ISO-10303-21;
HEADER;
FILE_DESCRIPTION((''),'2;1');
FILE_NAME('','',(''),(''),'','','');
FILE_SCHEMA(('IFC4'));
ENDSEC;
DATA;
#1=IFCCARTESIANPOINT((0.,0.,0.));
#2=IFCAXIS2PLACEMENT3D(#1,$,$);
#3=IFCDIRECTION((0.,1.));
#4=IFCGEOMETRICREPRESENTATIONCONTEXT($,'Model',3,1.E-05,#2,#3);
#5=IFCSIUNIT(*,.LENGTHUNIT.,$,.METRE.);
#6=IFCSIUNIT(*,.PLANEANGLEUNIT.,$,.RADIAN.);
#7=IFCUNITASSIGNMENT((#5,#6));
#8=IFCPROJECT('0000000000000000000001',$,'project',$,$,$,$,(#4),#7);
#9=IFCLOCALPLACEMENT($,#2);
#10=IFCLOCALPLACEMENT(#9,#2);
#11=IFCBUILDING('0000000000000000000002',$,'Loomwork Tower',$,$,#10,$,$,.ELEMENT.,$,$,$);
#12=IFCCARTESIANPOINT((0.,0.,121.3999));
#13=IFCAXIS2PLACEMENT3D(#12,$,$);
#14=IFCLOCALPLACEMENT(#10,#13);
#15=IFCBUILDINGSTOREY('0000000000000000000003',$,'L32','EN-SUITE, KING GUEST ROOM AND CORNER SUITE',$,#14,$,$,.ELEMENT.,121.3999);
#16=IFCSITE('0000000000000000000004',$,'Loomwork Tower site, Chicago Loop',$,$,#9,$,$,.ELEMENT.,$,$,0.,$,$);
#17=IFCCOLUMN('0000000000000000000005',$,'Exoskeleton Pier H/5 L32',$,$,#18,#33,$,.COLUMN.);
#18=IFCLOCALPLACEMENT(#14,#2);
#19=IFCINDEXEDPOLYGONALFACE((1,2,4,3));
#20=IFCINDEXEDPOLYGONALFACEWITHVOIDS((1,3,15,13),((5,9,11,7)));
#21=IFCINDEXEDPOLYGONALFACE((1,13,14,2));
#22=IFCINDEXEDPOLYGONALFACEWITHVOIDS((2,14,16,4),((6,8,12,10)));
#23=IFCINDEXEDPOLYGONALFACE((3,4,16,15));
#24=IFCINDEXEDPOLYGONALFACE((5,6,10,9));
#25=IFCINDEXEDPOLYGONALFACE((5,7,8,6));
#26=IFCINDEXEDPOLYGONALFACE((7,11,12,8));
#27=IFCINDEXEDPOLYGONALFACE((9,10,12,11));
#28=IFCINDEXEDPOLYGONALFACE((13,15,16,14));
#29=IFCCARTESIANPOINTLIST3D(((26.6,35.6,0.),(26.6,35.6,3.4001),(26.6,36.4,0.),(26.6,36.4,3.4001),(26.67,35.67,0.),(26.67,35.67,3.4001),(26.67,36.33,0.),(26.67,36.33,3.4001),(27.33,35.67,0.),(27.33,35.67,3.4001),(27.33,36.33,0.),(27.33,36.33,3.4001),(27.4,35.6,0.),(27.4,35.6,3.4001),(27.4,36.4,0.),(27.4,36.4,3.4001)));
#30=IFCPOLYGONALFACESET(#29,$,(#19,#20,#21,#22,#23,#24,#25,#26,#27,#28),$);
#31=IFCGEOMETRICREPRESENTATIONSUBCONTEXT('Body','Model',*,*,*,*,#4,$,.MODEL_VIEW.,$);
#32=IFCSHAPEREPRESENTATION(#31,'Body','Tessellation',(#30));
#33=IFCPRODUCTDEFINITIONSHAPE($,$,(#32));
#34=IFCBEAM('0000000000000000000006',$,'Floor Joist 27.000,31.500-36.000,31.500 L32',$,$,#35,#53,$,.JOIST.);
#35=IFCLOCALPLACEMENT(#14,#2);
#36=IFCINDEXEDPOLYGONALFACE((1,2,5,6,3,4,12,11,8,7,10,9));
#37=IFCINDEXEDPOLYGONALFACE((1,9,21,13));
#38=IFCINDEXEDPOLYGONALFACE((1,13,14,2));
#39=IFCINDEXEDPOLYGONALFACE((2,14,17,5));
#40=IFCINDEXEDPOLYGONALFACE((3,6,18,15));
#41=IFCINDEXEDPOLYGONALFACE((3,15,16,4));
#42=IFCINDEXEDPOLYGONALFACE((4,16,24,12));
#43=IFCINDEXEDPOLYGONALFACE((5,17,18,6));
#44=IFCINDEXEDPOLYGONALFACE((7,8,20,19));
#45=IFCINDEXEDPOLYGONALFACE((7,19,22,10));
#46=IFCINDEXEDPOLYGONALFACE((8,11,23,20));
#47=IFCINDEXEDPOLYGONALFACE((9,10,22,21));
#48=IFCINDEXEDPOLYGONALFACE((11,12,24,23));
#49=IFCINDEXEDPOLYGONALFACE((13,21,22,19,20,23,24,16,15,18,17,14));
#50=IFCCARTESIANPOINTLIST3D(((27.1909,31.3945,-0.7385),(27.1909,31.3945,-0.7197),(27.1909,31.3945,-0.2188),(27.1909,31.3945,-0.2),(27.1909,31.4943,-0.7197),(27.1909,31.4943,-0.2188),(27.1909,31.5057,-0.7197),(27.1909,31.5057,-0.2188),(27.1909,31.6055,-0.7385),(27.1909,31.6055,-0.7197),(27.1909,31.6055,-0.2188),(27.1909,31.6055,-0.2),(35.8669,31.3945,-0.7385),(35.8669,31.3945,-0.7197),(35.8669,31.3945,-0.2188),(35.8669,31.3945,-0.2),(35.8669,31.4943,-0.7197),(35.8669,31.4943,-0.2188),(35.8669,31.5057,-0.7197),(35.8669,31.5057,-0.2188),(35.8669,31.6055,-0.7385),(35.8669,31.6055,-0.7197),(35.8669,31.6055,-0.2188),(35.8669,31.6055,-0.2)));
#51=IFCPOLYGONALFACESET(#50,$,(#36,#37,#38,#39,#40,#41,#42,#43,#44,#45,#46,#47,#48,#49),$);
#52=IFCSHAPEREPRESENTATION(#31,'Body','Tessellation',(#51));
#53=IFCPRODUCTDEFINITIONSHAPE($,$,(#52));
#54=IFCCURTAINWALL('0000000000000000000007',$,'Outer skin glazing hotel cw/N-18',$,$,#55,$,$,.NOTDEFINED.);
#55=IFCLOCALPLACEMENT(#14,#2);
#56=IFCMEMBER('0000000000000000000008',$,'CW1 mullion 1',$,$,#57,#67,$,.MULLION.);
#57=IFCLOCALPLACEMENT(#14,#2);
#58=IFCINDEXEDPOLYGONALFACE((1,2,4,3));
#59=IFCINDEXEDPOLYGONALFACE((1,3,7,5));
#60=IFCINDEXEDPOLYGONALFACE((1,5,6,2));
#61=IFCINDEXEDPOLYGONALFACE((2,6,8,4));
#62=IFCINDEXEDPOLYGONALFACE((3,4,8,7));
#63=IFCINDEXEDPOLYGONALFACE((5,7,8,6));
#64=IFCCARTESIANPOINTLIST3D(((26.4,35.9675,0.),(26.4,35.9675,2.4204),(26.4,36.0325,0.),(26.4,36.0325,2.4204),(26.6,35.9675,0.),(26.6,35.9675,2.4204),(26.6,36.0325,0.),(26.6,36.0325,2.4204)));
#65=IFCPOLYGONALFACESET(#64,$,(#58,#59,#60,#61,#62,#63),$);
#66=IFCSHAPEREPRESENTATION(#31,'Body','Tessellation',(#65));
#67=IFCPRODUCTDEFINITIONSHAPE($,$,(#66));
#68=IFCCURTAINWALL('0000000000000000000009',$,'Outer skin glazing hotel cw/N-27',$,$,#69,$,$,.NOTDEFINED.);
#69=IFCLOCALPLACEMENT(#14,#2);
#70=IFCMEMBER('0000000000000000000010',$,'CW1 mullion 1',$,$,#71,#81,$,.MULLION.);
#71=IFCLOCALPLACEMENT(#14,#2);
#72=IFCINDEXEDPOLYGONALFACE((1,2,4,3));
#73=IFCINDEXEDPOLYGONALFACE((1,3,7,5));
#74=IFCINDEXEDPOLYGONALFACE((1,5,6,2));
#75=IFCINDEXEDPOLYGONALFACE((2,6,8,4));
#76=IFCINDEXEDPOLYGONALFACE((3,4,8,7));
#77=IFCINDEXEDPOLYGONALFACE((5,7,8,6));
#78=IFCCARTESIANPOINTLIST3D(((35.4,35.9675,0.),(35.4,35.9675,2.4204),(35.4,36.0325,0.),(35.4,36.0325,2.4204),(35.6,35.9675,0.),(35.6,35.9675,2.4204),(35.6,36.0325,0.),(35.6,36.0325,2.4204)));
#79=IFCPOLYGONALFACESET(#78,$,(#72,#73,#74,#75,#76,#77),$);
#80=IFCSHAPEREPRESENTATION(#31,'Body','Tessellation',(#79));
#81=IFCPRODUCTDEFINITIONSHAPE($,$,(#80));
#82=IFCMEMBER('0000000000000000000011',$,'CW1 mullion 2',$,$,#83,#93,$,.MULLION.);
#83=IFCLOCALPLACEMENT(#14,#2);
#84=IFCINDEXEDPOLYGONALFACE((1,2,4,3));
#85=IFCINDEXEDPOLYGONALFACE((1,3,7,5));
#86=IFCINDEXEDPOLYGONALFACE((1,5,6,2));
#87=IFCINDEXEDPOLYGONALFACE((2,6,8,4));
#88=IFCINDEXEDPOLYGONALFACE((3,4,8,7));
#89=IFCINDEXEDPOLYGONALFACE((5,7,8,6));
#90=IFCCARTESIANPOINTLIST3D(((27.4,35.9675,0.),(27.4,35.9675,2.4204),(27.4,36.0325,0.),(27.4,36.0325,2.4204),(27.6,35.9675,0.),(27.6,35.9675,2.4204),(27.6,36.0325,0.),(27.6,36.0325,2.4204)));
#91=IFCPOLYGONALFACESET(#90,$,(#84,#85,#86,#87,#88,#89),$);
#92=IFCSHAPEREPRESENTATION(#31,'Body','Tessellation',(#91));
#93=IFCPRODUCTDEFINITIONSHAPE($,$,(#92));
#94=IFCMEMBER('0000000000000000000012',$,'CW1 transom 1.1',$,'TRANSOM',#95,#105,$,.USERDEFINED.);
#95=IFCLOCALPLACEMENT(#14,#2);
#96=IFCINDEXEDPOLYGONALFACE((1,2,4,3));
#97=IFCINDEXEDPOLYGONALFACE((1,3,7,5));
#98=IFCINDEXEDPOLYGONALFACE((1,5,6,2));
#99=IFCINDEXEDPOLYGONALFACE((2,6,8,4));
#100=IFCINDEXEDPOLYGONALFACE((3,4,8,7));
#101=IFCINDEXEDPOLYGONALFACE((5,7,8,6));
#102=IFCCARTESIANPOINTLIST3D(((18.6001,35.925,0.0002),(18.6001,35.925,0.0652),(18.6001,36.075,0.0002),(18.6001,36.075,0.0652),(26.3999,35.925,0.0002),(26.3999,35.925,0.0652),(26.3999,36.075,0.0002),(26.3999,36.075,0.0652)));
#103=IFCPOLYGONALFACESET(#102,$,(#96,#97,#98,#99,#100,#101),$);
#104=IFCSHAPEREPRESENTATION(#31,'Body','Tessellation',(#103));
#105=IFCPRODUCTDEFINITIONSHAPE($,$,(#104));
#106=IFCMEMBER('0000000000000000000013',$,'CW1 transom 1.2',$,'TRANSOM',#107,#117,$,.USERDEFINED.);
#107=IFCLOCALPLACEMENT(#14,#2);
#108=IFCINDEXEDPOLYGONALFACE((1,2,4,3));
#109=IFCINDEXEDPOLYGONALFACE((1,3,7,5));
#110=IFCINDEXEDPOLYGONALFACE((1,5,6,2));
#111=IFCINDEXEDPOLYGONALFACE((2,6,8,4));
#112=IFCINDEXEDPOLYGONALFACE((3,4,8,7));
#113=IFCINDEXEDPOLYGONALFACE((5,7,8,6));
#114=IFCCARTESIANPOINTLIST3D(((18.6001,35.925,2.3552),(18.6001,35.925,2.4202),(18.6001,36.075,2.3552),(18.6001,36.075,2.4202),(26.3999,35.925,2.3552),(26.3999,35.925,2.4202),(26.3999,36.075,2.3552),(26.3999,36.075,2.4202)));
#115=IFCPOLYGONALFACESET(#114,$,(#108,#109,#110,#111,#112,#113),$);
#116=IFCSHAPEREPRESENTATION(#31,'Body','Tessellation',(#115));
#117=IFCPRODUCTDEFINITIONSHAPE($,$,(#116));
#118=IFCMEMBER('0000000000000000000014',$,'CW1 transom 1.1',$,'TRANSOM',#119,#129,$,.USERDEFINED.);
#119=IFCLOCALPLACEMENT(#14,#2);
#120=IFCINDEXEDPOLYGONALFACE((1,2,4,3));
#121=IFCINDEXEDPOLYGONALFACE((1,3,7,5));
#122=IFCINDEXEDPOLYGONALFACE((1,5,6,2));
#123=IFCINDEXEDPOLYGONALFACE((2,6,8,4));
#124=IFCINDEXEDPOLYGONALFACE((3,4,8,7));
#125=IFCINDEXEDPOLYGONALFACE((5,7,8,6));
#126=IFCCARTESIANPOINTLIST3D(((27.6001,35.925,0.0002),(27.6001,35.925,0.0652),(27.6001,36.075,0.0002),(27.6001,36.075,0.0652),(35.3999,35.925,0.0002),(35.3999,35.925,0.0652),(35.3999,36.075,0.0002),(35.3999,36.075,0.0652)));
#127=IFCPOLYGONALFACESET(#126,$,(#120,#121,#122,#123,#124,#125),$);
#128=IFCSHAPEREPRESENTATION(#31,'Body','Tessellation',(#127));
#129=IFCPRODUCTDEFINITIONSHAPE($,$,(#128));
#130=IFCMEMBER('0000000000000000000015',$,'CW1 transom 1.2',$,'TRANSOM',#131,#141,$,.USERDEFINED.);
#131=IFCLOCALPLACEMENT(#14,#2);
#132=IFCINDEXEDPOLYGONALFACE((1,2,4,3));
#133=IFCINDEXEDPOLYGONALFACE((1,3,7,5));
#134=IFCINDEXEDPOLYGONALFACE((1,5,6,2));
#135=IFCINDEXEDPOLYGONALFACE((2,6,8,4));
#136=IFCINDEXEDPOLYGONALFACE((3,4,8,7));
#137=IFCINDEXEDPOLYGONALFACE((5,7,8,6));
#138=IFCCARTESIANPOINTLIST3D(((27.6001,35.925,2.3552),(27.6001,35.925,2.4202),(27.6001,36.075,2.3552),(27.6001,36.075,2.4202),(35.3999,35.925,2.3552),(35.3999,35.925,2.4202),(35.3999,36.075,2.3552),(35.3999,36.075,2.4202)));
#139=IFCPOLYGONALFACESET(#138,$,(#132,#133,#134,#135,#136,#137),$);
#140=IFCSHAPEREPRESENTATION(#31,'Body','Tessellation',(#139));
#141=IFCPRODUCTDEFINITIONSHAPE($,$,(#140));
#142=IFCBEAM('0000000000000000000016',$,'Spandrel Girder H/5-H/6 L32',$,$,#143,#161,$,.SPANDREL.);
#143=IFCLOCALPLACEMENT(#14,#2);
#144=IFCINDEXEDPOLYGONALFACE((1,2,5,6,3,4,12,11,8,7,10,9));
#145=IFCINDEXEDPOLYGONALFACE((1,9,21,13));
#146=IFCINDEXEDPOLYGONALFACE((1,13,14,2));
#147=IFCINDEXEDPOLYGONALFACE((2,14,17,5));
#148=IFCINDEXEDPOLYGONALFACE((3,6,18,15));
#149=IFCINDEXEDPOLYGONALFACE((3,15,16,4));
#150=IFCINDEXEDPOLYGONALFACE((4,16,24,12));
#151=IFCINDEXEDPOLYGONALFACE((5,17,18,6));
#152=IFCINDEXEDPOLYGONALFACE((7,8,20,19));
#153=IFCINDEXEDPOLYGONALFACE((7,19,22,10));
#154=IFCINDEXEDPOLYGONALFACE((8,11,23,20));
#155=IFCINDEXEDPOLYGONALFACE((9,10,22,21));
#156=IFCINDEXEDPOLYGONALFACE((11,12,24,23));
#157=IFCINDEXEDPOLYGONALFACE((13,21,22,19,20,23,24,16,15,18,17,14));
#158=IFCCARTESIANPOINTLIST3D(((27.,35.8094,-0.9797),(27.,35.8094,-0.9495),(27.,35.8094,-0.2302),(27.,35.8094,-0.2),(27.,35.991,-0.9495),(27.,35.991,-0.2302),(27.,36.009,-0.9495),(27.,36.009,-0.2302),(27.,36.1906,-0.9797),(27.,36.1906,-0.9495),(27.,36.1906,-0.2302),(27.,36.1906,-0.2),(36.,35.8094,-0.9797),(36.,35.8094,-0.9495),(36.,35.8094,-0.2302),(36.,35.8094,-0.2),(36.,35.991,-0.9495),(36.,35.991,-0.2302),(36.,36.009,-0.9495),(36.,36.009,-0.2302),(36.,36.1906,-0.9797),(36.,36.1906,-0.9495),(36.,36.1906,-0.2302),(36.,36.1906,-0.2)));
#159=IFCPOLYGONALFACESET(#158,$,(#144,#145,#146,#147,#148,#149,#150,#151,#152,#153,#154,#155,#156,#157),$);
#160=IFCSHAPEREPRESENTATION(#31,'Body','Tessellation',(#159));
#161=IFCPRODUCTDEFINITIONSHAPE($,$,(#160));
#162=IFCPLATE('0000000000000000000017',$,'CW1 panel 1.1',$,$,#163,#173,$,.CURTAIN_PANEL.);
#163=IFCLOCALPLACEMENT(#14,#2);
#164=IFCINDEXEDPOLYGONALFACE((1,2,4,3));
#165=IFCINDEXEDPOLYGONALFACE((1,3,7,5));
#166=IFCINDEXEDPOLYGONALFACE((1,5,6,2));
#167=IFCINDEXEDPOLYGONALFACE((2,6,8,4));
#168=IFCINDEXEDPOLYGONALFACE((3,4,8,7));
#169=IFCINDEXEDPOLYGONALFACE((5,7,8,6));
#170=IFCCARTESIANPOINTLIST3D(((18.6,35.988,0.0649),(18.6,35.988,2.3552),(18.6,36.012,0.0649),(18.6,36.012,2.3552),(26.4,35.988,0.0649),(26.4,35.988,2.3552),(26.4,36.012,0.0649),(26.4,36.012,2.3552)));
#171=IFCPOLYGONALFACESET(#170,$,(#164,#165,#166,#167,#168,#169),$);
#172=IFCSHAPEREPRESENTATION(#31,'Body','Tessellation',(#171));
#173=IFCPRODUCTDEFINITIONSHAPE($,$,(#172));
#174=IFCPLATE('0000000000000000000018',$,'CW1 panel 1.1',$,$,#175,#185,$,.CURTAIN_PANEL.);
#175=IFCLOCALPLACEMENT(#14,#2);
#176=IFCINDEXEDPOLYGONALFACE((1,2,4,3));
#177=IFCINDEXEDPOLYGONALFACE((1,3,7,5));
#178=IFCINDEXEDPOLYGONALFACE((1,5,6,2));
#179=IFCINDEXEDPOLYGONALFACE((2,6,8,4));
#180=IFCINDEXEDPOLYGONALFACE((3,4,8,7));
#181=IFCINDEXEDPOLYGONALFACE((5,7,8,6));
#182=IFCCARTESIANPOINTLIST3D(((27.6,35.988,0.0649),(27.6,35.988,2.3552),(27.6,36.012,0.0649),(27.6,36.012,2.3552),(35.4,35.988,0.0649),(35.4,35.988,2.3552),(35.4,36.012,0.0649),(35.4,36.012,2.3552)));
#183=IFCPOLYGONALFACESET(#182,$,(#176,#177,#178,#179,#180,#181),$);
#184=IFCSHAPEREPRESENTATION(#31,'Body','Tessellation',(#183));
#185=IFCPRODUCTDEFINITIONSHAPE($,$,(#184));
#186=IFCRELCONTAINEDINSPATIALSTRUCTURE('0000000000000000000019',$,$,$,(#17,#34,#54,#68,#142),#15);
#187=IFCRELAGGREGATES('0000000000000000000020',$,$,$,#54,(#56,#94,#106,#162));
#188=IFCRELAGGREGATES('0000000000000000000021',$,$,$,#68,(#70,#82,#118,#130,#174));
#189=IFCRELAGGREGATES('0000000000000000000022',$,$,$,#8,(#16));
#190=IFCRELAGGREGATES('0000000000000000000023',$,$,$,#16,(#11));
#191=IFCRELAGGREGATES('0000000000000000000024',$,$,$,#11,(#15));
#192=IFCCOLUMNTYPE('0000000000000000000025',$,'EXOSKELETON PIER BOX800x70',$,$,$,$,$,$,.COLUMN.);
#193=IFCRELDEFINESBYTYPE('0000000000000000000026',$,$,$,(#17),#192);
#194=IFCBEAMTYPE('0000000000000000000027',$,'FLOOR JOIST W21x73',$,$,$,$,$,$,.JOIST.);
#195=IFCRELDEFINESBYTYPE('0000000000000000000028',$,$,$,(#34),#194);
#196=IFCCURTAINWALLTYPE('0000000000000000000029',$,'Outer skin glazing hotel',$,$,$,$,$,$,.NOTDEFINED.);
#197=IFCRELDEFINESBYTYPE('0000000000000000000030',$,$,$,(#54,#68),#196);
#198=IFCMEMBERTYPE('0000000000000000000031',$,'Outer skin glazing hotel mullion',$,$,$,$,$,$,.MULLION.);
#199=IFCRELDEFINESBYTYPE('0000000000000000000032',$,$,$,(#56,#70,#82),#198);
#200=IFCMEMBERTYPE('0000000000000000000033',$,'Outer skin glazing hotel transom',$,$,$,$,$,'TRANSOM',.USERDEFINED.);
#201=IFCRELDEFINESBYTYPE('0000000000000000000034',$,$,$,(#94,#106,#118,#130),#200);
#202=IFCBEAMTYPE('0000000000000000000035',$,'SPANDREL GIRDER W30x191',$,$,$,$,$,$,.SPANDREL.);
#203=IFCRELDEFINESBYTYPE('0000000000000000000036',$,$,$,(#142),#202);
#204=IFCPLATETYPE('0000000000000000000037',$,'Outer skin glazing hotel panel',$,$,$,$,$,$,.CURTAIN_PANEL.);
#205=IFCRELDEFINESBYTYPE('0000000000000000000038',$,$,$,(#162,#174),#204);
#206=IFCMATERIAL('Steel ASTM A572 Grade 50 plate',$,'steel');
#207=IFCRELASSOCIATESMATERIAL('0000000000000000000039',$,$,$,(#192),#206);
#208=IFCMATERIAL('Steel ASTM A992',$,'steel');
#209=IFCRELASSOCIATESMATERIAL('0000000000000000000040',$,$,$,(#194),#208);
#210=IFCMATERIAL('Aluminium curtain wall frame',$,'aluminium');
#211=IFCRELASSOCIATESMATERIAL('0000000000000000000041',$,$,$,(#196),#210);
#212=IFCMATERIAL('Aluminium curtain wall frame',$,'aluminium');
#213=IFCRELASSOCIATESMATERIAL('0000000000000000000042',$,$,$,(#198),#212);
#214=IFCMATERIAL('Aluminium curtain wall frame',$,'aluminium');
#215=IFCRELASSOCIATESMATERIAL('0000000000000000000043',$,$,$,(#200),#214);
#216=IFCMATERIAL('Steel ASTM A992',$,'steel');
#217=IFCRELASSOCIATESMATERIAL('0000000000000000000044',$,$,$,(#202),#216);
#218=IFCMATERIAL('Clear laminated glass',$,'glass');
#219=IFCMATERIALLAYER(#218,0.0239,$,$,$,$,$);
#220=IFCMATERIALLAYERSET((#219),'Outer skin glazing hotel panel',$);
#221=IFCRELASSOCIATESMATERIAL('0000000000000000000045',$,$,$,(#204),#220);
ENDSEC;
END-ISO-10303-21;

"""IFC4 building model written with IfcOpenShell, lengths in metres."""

from ifc_helpers import new_model, si_unit, direction, frame, origin, origin_2d, place, context, subcontext, project, spatial, rectangle, hollow_rectangle, i_section, extrude, material, layer, layer_set, material_profile, profile_set, type_object, element, aggregate, save


model = new_model("IFC4")

# Units and contexts
model_context = context("Model", 3, precision=1e-05, world=origin(), true_north=direction((0.0, 1.0)))
body_context = subcontext(model_context, "Body", "Model", "MODEL_VIEW")
ifc_project = project(units=[si_unit("LENGTHUNIT", "METRE"), si_unit("PLANEANGLEUNIT", "RADIAN")], contexts=[model_context])

# Site, building, storey
site_placement = place(None, origin())
site = spatial("IfcSite", under=ifc_project, at=site_placement, Name="Loomwork Tower site, Chicago Loop", CompositionType="ELEMENT", RefElevation=0.0)
building_placement = place(site_placement, origin())
building = spatial("IfcBuilding", under=site, at=building_placement, Name="Loomwork Tower", CompositionType="ELEMENT")
storey_placement = place(building_placement, frame((0.0, 0.0, 121.3999)))
storey = spatial("IfcBuildingStorey", under=building, at=storey_placement, Name="L32", Description="EN-SUITE, KING GUEST ROOM AND CORNER SUITE", CompositionType="ELEMENT", Elevation=121.3999)

# Column
ifc_material_1 = material(Name="Steel ASTM A572 Grade 50 plate", Category="steel")
ifc_material_profile_1 = material_profile(ifc_material_1, hollow_rectangle(XDim=0.8, YDim=0.8, WallThickness=0.0701, at=origin_2d()), Name="BOX800x70")
ifc_profile_set_1 = profile_set([ifc_material_profile_1], Name="Steel ASTM A572 Grade 50 plate")
column_type = type_object("IfcColumnType", Name="EXOSKELETON PIER BOX800x70", PredefinedType="COLUMN", material=ifc_profile_set_1)
column_placement = place(storey_placement, frame((27.0, 36.0, 0.0), z_axis=(0.0, 0.0, 1.0), x_axis=(1.0, 0.0, 0.0)))
element("IfcColumn", 1, at=column_placement, inside=storey, type_object=column_type, Name="Exoskeleton Pier H/5 L32", PredefinedType="COLUMN", context=body_context, shape_type="SweptSolid", body=[
    extrude(hollow_rectangle(XDim=0.8, YDim=0.8, WallThickness=0.0701, at=origin_2d()), origin(), (0.0, 0.0, 1.0), 3.4001),
])

# Beam
ifc_material_2 = material(Name="Steel ASTM A992", Category="steel")
ifc_material_profile_2 = material_profile(ifc_material_2, i_section(OverallWidth=0.2109, OverallDepth=0.5386, WebThickness=0.0115, FlangeThickness=0.0188, at=origin_2d()), Name="W21x73")
ifc_profile_set_2 = profile_set([ifc_material_profile_2], Name="Steel ASTM A992")
beam_type_1 = type_object("IfcBeamType", Name="FLOOR JOIST W21x73", PredefinedType="JOIST", material=ifc_profile_set_2)
beam_1_placement = place(storey_placement, frame((27.1909, 31.5, -0.4692), z_axis=(1.0, 0.0, 0.0), x_axis=(0.0, 1.0, 0.0)))
element("IfcBeam", 2, at=beam_1_placement, inside=storey, type_object=beam_type_1, Name="Floor Joist 27.000,31.500-36.000,31.500 L32", PredefinedType="JOIST", context=body_context, shape_type="SweptSolid", body=[
    extrude(i_section(OverallWidth=0.2109, OverallDepth=0.5386, WebThickness=0.0115, FlangeThickness=0.0188, at=origin_2d()), origin(), (0.0, 0.0, 1.0), 8.676),
])

# Curtain wall, member
ifc_material_3 = material(Name="Aluminium curtain wall frame", Category="aluminium")
curtain_wall_type = type_object("IfcCurtainWallType", Name="Outer skin glazing hotel", PredefinedType="NOTDEFINED", material=ifc_material_3)
curtain_wall_1_placement = place(storey_placement, origin())
curtain_wall_1 = element("IfcCurtainWall", 3, at=curtain_wall_1_placement, inside=storey, type_object=curtain_wall_type, Name="Outer skin glazing hotel cw/N-18", PredefinedType="NOTDEFINED")
ifc_material_4 = material(Name="Aluminium curtain wall frame", Category="aluminium")
ifc_material_profile_3 = material_profile(ifc_material_4, rectangle(XDim=0.0649, YDim=0.2, at=origin_2d()), Name="AL 65x200")
ifc_profile_set_3 = profile_set([ifc_material_profile_3], Name="Aluminium curtain wall frame")
member_type_1 = type_object("IfcMemberType", Name="Outer skin glazing hotel mullion", PredefinedType="MULLION", material=ifc_profile_set_3)
member_1_placement = place(storey_placement, frame((26.5, 36.0, 0.0), z_axis=(0.0, 0.0, 1.0), x_axis=(0.0, -1.0, 0.0)))
member_1 = element("IfcMember", 4, at=member_1_placement, type_object=member_type_1, Name="CW1 mullion 1", PredefinedType="MULLION", context=body_context, shape_type="SweptSolid", body=[
    extrude(rectangle(XDim=0.0649, YDim=0.2, at=origin_2d()), origin(), (0.0, 0.0, 1.0), 2.4204),
])

# Curtain wall, members
curtain_wall_2_placement = place(storey_placement, origin())
curtain_wall_2 = element("IfcCurtainWall", 5, at=curtain_wall_2_placement, inside=storey, type_object=curtain_wall_type, Name="Outer skin glazing hotel cw/N-27", PredefinedType="NOTDEFINED")
member_2_placement = place(storey_placement, frame((35.5, 36.0, 0.0), z_axis=(0.0, 0.0, 1.0), x_axis=(0.0, -1.0, 0.0)))
member_2 = element("IfcMember", 6, at=member_2_placement, type_object=member_type_1, Name="CW1 mullion 1", PredefinedType="MULLION", context=body_context, shape_type="SweptSolid", body=[
    extrude(rectangle(XDim=0.0649, YDim=0.2, at=origin_2d()), origin(), (0.0, 0.0, 1.0), 2.4204),
])
member_3_placement = place(storey_placement, frame((27.5, 36.0, 0.0), z_axis=(0.0, 0.0, 1.0), x_axis=(0.0, -1.0, 0.0)))
member_3 = element("IfcMember", 7, at=member_3_placement, type_object=member_type_1, Name="CW1 mullion 2", PredefinedType="MULLION", context=body_context, shape_type="SweptSolid", body=[
    extrude(rectangle(XDim=0.0649, YDim=0.2, at=origin_2d()), origin(), (0.0, 0.0, 1.0), 2.4204),
])

# Members
ifc_material_5 = material(Name="Aluminium curtain wall frame", Category="aluminium")
ifc_material_profile_4 = material_profile(ifc_material_5, rectangle(XDim=0.1499, YDim=0.0649, at=origin_2d()), Name="AL 65x150")
ifc_profile_set_4 = profile_set([ifc_material_profile_4], Name="Aluminium curtain wall frame")
member_type_2 = type_object("IfcMemberType", Name="Outer skin glazing hotel transom", ElementType="TRANSOM", PredefinedType="USERDEFINED", material=ifc_profile_set_4)
member_4_placement = place(storey_placement, frame((26.3999, 36.0, 0.0327), z_axis=(-1.0, 0.0, 0.0), x_axis=(0.0, -1.0, 0.0)))
member_4 = element("IfcMember", 8, at=member_4_placement, type_object=member_type_2, Name="CW1 transom 1.1", ObjectType="TRANSOM", PredefinedType="USERDEFINED", context=body_context, shape_type="SweptSolid", body=[
    extrude(rectangle(XDim=0.1499, YDim=0.0649, at=origin_2d()), origin(), (0.0, 0.0, 1.0), 7.7998),
])
member_5_placement = place(storey_placement, frame((26.3999, 36.0, 2.3877), z_axis=(-1.0, 0.0, 0.0), x_axis=(0.0, -1.0, 0.0)))
member_5 = element("IfcMember", 9, at=member_5_placement, type_object=member_type_2, Name="CW1 transom 1.2", ObjectType="TRANSOM", PredefinedType="USERDEFINED", context=body_context, shape_type="SweptSolid", body=[
    extrude(rectangle(XDim=0.1499, YDim=0.0649, at=origin_2d()), origin(), (0.0, 0.0, 1.0), 7.7998),
])
member_6_placement = place(storey_placement, frame((35.3999, 36.0, 0.0327), z_axis=(-1.0, 0.0, 0.0), x_axis=(0.0, -1.0, 0.0)))
member_6 = element("IfcMember", 10, at=member_6_placement, type_object=member_type_2, Name="CW1 transom 1.1", ObjectType="TRANSOM", PredefinedType="USERDEFINED", context=body_context, shape_type="SweptSolid", body=[
    extrude(rectangle(XDim=0.1499, YDim=0.0649, at=origin_2d()), origin(), (0.0, 0.0, 1.0), 7.7998),
])
member_7_placement = place(storey_placement, frame((35.3999, 36.0, 2.3877), z_axis=(-1.0, 0.0, 0.0), x_axis=(0.0, -1.0, 0.0)))
member_7 = element("IfcMember", 11, at=member_7_placement, type_object=member_type_2, Name="CW1 transom 1.2", ObjectType="TRANSOM", PredefinedType="USERDEFINED", context=body_context, shape_type="SweptSolid", body=[
    extrude(rectangle(XDim=0.1499, YDim=0.0649, at=origin_2d()), origin(), (0.0, 0.0, 1.0), 7.7998),
])

# Beam
ifc_material_6 = material(Name="Steel ASTM A992", Category="steel")
ifc_material_profile_5 = material_profile(ifc_material_6, i_section(OverallWidth=0.3811, OverallDepth=0.7798, WebThickness=0.0181, FlangeThickness=0.0303, at=origin_2d()), Name="W30x191")
ifc_profile_set_5 = profile_set([ifc_material_profile_5], Name="Steel ASTM A992")
beam_type_2 = type_object("IfcBeamType", Name="SPANDREL GIRDER W30x191", PredefinedType="SPANDREL", material=ifc_profile_set_5)
beam_2_placement = place(storey_placement, frame((27.0, 36.0, -0.5898), z_axis=(1.0, 0.0, 0.0), x_axis=(0.0, 1.0, 0.0)))
element("IfcBeam", 12, at=beam_2_placement, inside=storey, type_object=beam_type_2, Name="Spandrel Girder H/5-H/6 L32", PredefinedType="SPANDREL", context=body_context, shape_type="SweptSolid", body=[
    extrude(i_section(OverallWidth=0.3811, OverallDepth=0.7798, WebThickness=0.0181, FlangeThickness=0.0303, at=origin_2d()), origin(), (0.0, 0.0, 1.0), 9.0),
])

# Plates
ifc_material_7 = material(Name="Clear laminated glass", Category="glass")
ifc_layer_1 = layer(ifc_material_7, 0.0239)
ifc_layer_set_1 = layer_set([ifc_layer_1], Name="Outer skin glazing hotel panel")
plate_type = type_object("IfcPlateType", Name="Outer skin glazing hotel panel", PredefinedType="CURTAIN_PANEL", material=ifc_layer_set_1)
plate_1_placement = place(storey_placement, frame((22.5, 36.0, 0.0649), z_axis=(0.0, 0.0, 1.0), x_axis=(-1.0, 0.0, 0.0)))
plate_1 = element("IfcPlate", 13, at=plate_1_placement, type_object=plate_type, Name="CW1 panel 1.1", PredefinedType="CURTAIN_PANEL", context=body_context, shape_type="SweptSolid", body=[
    extrude(rectangle(XDim=7.8, YDim=0.0239, at=origin_2d()), origin(), (0.0, 0.0, 1.0), 2.2903),
])
aggregate(curtain_wall_1, [member_1, member_4, member_5, plate_1])
plate_2_placement = place(storey_placement, frame((31.5, 36.0, 0.0649), z_axis=(0.0, 0.0, 1.0), x_axis=(-1.0, 0.0, 0.0)))
plate_2 = element("IfcPlate", 14, at=plate_2_placement, type_object=plate_type, Name="CW1 panel 1.1", PredefinedType="CURTAIN_PANEL", context=body_context, shape_type="SweptSolid", body=[
    extrude(rectangle(XDim=7.8, YDim=0.0239, at=origin_2d()), origin(), (0.0, 0.0, 1.0), 2.2903),
])
aggregate(curtain_wall_2, [member_2, member_3, member_6, member_7, plate_2])

save(model, "model.ifc")
